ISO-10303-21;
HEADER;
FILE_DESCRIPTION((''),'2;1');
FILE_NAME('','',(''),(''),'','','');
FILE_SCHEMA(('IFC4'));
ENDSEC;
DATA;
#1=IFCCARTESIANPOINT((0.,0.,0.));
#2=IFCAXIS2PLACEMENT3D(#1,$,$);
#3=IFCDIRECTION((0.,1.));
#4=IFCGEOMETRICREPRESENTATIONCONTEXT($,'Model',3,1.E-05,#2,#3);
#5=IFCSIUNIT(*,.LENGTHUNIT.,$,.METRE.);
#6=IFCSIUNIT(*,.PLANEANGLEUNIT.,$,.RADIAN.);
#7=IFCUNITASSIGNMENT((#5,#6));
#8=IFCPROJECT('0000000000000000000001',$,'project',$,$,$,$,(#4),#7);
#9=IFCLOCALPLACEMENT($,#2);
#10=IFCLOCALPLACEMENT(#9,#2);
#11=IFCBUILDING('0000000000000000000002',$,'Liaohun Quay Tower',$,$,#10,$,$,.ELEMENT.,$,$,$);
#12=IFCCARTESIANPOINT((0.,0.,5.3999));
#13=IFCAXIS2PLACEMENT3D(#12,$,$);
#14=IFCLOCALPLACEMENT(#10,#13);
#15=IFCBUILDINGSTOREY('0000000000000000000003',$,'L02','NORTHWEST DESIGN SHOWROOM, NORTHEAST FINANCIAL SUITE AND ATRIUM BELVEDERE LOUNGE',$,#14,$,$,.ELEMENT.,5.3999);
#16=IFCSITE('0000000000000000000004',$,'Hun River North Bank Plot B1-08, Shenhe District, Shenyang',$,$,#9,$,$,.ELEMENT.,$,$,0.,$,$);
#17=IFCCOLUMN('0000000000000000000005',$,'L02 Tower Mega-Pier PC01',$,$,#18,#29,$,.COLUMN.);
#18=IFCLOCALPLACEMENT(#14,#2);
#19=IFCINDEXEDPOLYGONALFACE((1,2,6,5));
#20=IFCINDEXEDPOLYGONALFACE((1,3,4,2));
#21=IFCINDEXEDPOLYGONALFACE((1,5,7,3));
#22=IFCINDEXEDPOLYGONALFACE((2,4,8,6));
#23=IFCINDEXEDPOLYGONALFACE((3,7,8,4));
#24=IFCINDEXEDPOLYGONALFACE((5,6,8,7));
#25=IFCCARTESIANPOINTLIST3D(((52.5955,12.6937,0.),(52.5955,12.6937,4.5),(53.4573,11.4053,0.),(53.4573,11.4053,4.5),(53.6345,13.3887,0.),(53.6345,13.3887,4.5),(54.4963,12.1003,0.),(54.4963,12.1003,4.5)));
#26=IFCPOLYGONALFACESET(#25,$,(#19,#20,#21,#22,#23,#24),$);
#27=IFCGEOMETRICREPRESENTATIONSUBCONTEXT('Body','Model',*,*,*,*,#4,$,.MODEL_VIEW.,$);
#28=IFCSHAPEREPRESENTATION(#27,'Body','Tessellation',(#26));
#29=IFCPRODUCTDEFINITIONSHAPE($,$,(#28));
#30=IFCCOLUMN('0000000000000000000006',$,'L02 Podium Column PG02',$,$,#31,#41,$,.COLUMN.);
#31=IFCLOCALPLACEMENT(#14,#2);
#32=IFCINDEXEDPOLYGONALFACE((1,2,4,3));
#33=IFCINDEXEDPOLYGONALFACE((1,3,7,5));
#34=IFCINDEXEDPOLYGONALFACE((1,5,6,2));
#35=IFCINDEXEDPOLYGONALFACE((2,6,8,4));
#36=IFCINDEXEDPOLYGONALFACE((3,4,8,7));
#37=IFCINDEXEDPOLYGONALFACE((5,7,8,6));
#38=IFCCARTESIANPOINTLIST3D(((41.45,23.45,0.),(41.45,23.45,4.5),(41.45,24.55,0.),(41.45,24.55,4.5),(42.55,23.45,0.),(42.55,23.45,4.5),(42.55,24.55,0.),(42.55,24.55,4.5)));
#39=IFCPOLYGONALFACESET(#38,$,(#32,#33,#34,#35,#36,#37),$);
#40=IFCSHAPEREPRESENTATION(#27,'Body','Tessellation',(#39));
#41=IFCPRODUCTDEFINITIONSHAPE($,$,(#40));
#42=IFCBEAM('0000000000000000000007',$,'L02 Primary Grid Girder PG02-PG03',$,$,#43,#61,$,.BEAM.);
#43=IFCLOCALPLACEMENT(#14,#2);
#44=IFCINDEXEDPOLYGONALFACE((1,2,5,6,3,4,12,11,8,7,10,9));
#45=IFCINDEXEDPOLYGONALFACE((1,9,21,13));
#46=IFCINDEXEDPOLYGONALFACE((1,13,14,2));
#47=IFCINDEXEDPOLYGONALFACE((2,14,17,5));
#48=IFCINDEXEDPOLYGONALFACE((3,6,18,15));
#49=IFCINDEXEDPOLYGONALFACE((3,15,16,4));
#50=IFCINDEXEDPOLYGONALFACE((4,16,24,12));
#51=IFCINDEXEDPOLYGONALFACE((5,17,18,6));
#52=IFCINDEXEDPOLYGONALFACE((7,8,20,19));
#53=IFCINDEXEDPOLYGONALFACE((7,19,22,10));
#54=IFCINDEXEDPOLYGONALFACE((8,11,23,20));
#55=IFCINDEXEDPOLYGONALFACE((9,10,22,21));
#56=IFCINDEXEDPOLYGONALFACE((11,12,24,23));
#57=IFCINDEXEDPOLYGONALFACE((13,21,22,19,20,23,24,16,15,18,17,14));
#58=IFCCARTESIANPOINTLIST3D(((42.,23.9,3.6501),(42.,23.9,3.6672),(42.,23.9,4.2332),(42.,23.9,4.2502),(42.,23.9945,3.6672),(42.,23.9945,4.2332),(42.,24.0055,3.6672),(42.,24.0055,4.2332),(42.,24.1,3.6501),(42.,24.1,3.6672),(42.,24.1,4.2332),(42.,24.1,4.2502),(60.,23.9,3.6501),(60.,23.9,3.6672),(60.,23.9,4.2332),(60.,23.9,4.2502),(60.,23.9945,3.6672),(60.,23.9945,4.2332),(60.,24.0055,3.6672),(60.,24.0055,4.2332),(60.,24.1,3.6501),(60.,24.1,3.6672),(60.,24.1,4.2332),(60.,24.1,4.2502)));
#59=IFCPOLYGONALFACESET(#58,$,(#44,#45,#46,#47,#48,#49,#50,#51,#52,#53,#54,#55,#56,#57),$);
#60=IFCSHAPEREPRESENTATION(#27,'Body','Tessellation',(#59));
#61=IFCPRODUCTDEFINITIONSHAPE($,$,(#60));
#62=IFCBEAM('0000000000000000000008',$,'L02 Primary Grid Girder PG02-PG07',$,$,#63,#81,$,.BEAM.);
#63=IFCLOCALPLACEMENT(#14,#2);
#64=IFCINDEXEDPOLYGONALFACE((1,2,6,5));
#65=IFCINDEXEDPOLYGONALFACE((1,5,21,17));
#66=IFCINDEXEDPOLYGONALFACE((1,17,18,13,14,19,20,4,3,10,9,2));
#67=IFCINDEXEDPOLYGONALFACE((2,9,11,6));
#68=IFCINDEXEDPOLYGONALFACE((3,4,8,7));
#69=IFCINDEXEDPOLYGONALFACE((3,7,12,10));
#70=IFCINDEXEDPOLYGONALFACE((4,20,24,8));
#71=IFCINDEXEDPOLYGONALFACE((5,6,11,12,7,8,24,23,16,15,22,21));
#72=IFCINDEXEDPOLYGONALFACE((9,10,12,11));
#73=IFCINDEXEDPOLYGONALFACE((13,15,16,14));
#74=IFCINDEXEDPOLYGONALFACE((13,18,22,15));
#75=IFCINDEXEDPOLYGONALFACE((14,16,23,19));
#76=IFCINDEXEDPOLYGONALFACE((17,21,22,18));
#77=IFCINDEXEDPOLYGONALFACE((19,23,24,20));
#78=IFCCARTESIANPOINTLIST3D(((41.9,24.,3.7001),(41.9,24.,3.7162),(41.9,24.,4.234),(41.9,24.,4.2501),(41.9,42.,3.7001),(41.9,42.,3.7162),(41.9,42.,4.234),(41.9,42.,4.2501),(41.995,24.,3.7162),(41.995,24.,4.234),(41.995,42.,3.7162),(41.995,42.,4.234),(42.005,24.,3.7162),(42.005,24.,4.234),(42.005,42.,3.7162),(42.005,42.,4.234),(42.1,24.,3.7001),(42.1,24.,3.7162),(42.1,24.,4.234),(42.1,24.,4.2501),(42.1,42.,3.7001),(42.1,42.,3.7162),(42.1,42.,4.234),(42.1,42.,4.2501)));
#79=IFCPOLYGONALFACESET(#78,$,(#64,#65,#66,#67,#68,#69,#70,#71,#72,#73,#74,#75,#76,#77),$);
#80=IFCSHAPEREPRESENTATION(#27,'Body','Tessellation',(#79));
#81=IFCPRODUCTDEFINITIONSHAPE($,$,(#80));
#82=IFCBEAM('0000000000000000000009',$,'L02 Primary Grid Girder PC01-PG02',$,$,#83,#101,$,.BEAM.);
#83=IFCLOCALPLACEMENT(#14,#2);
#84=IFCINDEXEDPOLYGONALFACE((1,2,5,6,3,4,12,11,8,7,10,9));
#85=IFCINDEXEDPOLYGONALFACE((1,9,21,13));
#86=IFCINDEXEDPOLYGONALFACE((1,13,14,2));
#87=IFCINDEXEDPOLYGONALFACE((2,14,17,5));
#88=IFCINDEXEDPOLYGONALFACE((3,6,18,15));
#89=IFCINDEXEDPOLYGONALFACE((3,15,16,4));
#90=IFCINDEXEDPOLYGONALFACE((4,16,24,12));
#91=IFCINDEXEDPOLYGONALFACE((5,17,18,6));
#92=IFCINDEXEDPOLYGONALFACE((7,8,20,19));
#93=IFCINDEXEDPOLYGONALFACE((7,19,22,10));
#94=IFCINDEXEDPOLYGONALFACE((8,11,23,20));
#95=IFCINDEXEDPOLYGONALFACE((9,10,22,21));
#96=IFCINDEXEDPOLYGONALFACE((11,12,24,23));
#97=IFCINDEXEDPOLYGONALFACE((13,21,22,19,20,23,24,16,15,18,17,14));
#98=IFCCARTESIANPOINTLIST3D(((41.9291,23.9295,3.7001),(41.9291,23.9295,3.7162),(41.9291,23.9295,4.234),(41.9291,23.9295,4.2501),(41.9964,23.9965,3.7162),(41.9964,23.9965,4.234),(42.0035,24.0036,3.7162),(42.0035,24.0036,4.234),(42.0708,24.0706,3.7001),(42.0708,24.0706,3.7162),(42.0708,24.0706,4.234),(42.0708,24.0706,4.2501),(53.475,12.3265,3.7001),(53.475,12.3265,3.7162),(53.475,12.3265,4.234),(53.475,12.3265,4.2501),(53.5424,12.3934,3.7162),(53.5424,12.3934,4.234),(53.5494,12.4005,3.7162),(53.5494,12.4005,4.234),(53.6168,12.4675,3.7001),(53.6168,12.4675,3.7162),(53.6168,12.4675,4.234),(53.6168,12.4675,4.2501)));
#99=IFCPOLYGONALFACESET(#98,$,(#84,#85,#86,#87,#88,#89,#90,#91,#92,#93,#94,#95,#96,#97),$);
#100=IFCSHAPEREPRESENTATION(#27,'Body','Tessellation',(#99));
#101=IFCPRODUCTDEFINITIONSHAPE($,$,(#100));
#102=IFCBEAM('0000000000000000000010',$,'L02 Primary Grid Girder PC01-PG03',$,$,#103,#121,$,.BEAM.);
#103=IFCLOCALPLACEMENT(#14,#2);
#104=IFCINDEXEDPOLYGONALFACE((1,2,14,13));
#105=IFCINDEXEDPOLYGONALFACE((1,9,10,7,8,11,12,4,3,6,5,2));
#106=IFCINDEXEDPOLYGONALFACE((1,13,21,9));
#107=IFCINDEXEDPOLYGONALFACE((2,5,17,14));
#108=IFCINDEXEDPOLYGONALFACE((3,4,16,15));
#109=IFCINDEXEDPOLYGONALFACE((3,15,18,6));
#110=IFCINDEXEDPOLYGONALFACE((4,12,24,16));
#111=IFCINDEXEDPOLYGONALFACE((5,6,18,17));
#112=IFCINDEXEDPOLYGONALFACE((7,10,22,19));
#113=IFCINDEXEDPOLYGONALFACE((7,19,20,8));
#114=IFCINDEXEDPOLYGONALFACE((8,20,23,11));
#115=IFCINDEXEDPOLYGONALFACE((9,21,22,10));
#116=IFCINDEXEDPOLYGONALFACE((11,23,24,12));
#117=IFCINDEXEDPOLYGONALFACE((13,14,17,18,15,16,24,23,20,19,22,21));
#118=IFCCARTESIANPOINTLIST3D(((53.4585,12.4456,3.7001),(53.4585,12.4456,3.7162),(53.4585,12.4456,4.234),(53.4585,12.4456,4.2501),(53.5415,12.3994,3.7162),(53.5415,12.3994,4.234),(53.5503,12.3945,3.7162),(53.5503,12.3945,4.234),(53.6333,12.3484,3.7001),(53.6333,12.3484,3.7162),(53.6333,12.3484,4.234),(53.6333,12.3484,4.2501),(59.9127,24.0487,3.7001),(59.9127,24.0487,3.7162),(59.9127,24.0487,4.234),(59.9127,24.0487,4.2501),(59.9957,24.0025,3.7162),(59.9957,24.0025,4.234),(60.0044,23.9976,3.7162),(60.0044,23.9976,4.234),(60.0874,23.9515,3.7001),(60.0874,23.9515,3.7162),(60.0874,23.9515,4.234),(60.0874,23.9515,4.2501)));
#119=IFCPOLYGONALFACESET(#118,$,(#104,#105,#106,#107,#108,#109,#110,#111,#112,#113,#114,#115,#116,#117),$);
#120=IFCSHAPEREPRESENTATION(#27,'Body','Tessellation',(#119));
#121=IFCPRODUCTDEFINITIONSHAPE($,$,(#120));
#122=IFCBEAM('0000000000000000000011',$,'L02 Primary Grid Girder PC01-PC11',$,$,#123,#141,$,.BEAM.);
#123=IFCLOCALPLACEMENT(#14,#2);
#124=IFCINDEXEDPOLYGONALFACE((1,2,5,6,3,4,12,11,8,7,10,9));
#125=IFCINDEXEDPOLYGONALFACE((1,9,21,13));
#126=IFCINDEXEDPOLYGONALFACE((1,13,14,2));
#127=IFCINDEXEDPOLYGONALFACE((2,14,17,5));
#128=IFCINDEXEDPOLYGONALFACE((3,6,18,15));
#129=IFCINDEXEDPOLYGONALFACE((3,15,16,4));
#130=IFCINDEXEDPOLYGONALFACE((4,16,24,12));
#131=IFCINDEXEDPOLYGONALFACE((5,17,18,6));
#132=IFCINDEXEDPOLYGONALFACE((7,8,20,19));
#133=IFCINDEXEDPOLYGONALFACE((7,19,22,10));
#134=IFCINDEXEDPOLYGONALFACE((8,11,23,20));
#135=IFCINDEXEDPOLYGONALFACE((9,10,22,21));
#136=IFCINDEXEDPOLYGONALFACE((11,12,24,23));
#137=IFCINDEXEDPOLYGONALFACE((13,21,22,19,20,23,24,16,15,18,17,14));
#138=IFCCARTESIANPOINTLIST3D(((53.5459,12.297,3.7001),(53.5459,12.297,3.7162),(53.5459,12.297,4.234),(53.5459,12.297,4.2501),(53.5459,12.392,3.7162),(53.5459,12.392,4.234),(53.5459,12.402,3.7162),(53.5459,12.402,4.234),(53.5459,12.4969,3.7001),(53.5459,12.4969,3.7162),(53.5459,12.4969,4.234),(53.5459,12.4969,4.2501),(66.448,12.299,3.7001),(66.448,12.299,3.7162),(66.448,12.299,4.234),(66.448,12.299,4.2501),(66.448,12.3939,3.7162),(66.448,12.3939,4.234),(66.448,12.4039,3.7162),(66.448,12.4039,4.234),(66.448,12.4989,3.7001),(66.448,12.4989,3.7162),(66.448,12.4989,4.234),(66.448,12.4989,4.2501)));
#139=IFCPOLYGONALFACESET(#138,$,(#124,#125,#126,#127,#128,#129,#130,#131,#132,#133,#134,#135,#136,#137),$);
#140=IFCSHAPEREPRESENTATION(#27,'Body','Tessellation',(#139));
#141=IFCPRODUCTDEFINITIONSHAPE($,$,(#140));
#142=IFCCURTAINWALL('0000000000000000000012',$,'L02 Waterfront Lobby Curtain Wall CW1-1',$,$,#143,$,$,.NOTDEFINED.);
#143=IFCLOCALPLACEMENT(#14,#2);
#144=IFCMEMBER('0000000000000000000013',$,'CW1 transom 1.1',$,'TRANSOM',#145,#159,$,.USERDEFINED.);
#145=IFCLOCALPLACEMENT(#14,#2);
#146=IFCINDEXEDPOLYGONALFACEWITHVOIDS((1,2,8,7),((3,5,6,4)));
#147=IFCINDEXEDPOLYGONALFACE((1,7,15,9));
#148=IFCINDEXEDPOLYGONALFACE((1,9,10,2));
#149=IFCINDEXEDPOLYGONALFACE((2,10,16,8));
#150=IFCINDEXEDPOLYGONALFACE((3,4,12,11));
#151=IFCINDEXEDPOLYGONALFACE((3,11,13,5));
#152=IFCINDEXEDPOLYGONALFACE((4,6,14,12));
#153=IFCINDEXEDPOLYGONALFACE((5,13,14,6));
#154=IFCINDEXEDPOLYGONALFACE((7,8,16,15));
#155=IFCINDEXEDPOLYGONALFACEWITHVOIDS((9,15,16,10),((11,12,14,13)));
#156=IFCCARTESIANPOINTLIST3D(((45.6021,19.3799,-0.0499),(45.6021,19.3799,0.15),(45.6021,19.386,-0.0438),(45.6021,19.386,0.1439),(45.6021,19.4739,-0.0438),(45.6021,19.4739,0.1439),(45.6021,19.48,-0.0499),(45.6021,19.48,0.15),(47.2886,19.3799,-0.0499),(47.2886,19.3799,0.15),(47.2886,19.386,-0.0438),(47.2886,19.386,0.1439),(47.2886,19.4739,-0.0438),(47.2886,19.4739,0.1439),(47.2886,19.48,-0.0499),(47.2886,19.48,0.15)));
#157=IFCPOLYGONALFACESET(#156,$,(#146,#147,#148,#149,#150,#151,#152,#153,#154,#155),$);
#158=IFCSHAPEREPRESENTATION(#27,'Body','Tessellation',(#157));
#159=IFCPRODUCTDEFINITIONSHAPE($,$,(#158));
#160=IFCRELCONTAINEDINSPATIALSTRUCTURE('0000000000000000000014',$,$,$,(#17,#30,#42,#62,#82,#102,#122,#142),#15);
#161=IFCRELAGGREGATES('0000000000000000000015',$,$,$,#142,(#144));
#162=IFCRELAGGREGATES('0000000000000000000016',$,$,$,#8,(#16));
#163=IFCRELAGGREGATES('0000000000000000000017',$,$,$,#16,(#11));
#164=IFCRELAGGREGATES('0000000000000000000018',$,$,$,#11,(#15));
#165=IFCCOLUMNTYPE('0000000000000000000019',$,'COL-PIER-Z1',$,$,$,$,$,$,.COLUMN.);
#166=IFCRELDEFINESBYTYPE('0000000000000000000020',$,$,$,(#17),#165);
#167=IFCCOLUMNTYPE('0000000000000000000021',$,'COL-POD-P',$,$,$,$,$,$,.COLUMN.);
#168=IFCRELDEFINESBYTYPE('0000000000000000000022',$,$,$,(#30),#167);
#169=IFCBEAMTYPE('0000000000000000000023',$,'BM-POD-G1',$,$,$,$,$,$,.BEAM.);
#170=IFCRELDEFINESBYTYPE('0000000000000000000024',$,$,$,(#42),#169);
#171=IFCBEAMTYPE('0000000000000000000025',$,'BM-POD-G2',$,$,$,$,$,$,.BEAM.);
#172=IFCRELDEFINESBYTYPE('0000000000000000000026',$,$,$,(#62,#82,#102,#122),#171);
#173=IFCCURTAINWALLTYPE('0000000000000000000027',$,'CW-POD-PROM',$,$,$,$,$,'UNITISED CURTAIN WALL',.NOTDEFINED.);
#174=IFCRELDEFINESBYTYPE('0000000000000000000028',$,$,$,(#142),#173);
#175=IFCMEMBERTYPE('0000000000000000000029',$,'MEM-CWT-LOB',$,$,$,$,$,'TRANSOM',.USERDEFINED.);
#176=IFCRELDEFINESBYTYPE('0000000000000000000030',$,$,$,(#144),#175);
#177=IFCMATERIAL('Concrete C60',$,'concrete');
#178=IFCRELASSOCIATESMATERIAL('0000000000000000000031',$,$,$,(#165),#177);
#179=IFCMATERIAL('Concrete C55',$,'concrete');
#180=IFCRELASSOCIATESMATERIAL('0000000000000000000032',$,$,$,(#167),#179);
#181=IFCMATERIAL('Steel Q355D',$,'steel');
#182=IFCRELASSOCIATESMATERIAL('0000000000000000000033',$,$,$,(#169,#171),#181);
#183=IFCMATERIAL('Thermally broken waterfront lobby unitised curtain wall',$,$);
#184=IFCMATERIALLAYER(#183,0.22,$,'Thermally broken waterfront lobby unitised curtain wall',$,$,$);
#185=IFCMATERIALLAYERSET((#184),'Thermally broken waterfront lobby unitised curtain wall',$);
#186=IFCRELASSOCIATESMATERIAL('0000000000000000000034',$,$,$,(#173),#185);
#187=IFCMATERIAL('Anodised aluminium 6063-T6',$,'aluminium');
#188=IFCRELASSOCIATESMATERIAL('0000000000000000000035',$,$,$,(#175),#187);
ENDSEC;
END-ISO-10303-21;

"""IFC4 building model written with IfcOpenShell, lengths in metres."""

from ifc_helpers import new_model, si_unit, direction, frame, origin, origin_2d, place, context, subcontext, project, spatial, rectangle, hollow_rectangle, i_section, extrude, source, transform, mapped, material, layer, layer_set, material_profile, profile_set, type_object, element, aggregate, save


model = new_model("IFC4")

# Units and contexts
model_context = context("Model", 3, precision=1e-05, world=origin(), true_north=direction((0.0, 1.0)))
body_context = subcontext(model_context, "Body", "Model", "MODEL_VIEW")
ifc_project = project(units=[si_unit("LENGTHUNIT", "METRE"), si_unit("PLANEANGLEUNIT", "RADIAN")], contexts=[model_context])

# Site, building, storey
site_placement = place(None, origin())
site = spatial("IfcSite", under=ifc_project, at=site_placement, Name="Hun River North Bank Plot B1-08, Shenhe District, Shenyang", CompositionType="ELEMENT", RefElevation=0.0)
building_placement = place(site_placement, origin())
building = spatial("IfcBuilding", under=site, at=building_placement, Name="Liaohun Quay Tower", CompositionType="ELEMENT")
storey_placement = place(building_placement, frame((0.0, 0.0, 5.3999)))
storey = spatial("IfcBuildingStorey", under=building, at=storey_placement, Name="L02", Description="NORTHWEST DESIGN SHOWROOM, NORTHEAST FINANCIAL SUITE AND ATRIUM BELVEDERE LOUNGE", CompositionType="ELEMENT", Elevation=5.3999)

# Columns
ifc_material_1 = material(Name="Concrete C60", Category="concrete")
ifc_material_profile_1 = material_profile(ifc_material_1, rectangle(XDim=1.55, YDim=1.25, at=origin_2d()), Name="RC1550x1250")
ifc_profile_set_1 = profile_set([ifc_material_profile_1], Name="Concrete C60")
column_type_1 = type_object("IfcColumnType", Name="COL-PIER-Z1", PredefinedType="COLUMN", material=ifc_profile_set_1)
shared_shape_1 = source(origin(), body_context, "Body", "SweptSolid", [
    extrude(rectangle(XDim=1.55, YDim=1.25, at=origin_2d()), origin(), (0.0, 0.0, 1.0), 4.5),
])
column_1_placement = place(storey_placement, frame((53.5459, 12.397, 0.0), z_axis=(0.0, 0.0, 1.0), x_axis=(-0.556006, 0.831179, 0.0)))
element("IfcColumn", 1, at=column_1_placement, inside=storey, type_object=column_type_1, Name="L02 Tower Mega-Pier PC01", PredefinedType="COLUMN", context=body_context, shape_type="MappedRepresentation", body=[
    mapped(shared_shape_1, transform((0.0, 0.0, 0.0), x_axis=(1.0, 0.0, 0.0), y_axis=(0.0, 1.0, 0.0), z_axis=(0.0, 0.0, 1.0), scale=1.0)),
])
ifc_material_2 = material(Name="Concrete C55", Category="concrete")
ifc_material_profile_2 = material_profile(ifc_material_2, rectangle(XDim=1.1001, YDim=1.1001, at=origin_2d()), Name="RC1100x1100")
ifc_profile_set_2 = profile_set([ifc_material_profile_2], Name="Concrete C55")
column_type_2 = type_object("IfcColumnType", Name="COL-POD-P", PredefinedType="COLUMN", material=ifc_profile_set_2)
shared_shape_2 = source(origin(), body_context, "Body", "SweptSolid", [
    extrude(rectangle(XDim=1.1001, YDim=1.1001, at=origin_2d()), origin(), (0.0, 0.0, 1.0), 4.5),
])
column_2_placement = place(storey_placement, frame((42.0, 24.0, 0.0), z_axis=(0.0, 0.0, 1.0), x_axis=(1.0, 0.0, 0.0)))
element("IfcColumn", 2, at=column_2_placement, inside=storey, type_object=column_type_2, Name="L02 Podium Column PG02", PredefinedType="COLUMN", context=body_context, shape_type="MappedRepresentation", body=[
    mapped(shared_shape_2, transform((0.0, 0.0, 0.0), x_axis=(1.0, 0.0, 0.0), y_axis=(0.0, 1.0, 0.0), z_axis=(0.0, 0.0, 1.0), scale=1.0)),
])

# Beams
ifc_material_3 = material(Name="Steel Q355D", Category="steel")
ifc_material_profile_3 = material_profile(ifc_material_3, i_section(OverallWidth=0.2, OverallDepth=0.6001, WebThickness=0.011, FlangeThickness=0.0171, at=origin_2d()), Name="HN600x200x11x17")
ifc_profile_set_3 = profile_set([ifc_material_profile_3], Name="Steel Q355D")
beam_type_1 = type_object("IfcBeamType", Name="BM-POD-G1", PredefinedType="BEAM", material=ifc_profile_set_3)
shared_shape_3 = source(origin(), body_context, "Body", "SweptSolid", [
    extrude(i_section(OverallWidth=0.2, OverallDepth=0.6001, WebThickness=0.011, FlangeThickness=0.0171, at=origin_2d()), origin(), (0.0, 0.0, 1.0), 18.0),
])
beam_1_placement = place(storey_placement, frame((42.0, 24.0, 3.9502), z_axis=(1.0, 0.0, 0.0), x_axis=(0.0, 1.0, 0.0)))
element("IfcBeam", 3, at=beam_1_placement, inside=storey, type_object=beam_type_1, Name="L02 Primary Grid Girder PG02-PG03", PredefinedType="BEAM", context=body_context, shape_type="MappedRepresentation", body=[
    mapped(shared_shape_3, transform((0.0, 0.0, 0.0), x_axis=(1.0, 0.0, 0.0), y_axis=(0.0, 1.0, 0.0), z_axis=(0.0, 0.0, 1.0), scale=1.0)),
])
ifc_material_profile_4 = material_profile(ifc_material_3, i_section(OverallWidth=0.2, OverallDepth=0.55, WebThickness=0.01, FlangeThickness=0.0161, at=origin_2d()), Name="HN550x200x10x16")
ifc_profile_set_4 = profile_set([ifc_material_profile_4], Name="Steel Q355D")
beam_type_2 = type_object("IfcBeamType", Name="BM-POD-G2", PredefinedType="BEAM", material=ifc_profile_set_4)
shared_shape_4 = source(origin(), body_context, "Body", "SweptSolid", [
    extrude(i_section(OverallWidth=0.2, OverallDepth=0.55, WebThickness=0.01, FlangeThickness=0.0161, at=origin_2d()), origin(), (0.0, 0.0, 1.0), 18.0),
])
beam_2_placement = place(storey_placement, frame((42.0, 24.0, 3.9751), z_axis=(0.0, 1.0, 0.0), x_axis=(-1.0, 0.0, 0.0)))
element("IfcBeam", 4, at=beam_2_placement, inside=storey, type_object=beam_type_2, Name="L02 Primary Grid Girder PG02-PG07", PredefinedType="BEAM", context=body_context, shape_type="MappedRepresentation", body=[
    mapped(shared_shape_4, transform((0.0, 0.0, 0.0), x_axis=(1.0, 0.0, 0.0), y_axis=(0.0, 1.0, 0.0), z_axis=(0.0, 0.0, 1.0), scale=1.0)),
])
shared_shape_5 = source(origin(), body_context, "Body", "SweptSolid", [
    extrude(i_section(OverallWidth=0.2, OverallDepth=0.55, WebThickness=0.01, FlangeThickness=0.0161, at=origin_2d()), origin(), (0.0, 0.0, 1.0), 16.3689),
])
beam_3_placement = place(storey_placement, frame((53.5459, 12.397, 3.9751), z_axis=(-0.70536, 0.70885, 0.0), x_axis=(-0.70885, -0.70536, 0.0)))
element("IfcBeam", 5, at=beam_3_placement, inside=storey, type_object=beam_type_2, Name="L02 Primary Grid Girder PC01-PG02", PredefinedType="BEAM", context=body_context, shape_type="MappedRepresentation", body=[
    mapped(shared_shape_5, transform((0.0, 0.0, 0.0), x_axis=(1.0, 0.0, 0.0), y_axis=(0.0, 1.0, 0.0), z_axis=(0.0, 0.0, 1.0), scale=1.0)),
])
shared_shape_6 = source(origin(), body_context, "Body", "SweptSolid", [
    extrude(i_section(OverallWidth=0.2, OverallDepth=0.55, WebThickness=0.01, FlangeThickness=0.0161, at=origin_2d()), origin(), (0.0, 0.0, 1.0), 13.2773),
])
beam_4_placement = place(storey_placement, frame((53.5459, 12.397, 3.9751), z_axis=(0.486102, 0.873902, 0.0), x_axis=(-0.873902, 0.486102, 0.0)))
element("IfcBeam", 6, at=beam_4_placement, inside=storey, type_object=beam_type_2, Name="L02 Primary Grid Girder PC01-PG03", PredefinedType="BEAM", context=body_context, shape_type="MappedRepresentation", body=[
    mapped(shared_shape_6, transform((0.0, 0.0, 0.0), x_axis=(1.0, 0.0, 0.0), y_axis=(0.0, 1.0, 0.0), z_axis=(0.0, 0.0, 1.0), scale=1.0)),
])
shared_shape_7 = source(origin(), body_context, "Body", "SweptSolid", [
    extrude(i_section(OverallWidth=0.2, OverallDepth=0.55, WebThickness=0.01, FlangeThickness=0.0161, at=origin_2d()), origin(), (0.0, 0.0, 1.0), 12.9021),
])
beam_5_placement = place(storey_placement, frame((53.5459, 12.397, 3.9751), z_axis=(1.0, 0.000151, 0.0), x_axis=(-0.000151, 1.0, 0.0)))
element("IfcBeam", 7, at=beam_5_placement, inside=storey, type_object=beam_type_2, Name="L02 Primary Grid Girder PC01-PC11", PredefinedType="BEAM", context=body_context, shape_type="MappedRepresentation", body=[
    mapped(shared_shape_7, transform((0.0, 0.0, 0.0), x_axis=(1.0, 0.0, 0.0), y_axis=(0.0, 1.0, 0.0), z_axis=(0.0, 0.0, 1.0), scale=1.0)),
])

# Curtain wall, member
ifc_material_4 = material(Name="Thermally broken waterfront lobby unitised curtain wall")
ifc_layer_1 = layer(ifc_material_4, 0.22, Name="Thermally broken waterfront lobby unitised curtain wall")
ifc_layer_set_1 = layer_set([ifc_layer_1], Name="Thermally broken waterfront lobby unitised curtain wall")
curtain_wall_type = type_object("IfcCurtainWallType", Name="CW-POD-PROM", ElementType="UNITISED CURTAIN WALL", PredefinedType="NOTDEFINED", material=ifc_layer_set_1)
curtain_wall_1_placement = place(storey_placement, origin())
curtain_wall_1 = element("IfcCurtainWall", 8, at=curtain_wall_1_placement, inside=storey, type_object=curtain_wall_type, Name="L02 Waterfront Lobby Curtain Wall CW1-1", PredefinedType="NOTDEFINED")
ifc_material_5 = material(Name="Anodised aluminium 6063-T6", Category="aluminium")
ifc_material_profile_5 = material_profile(ifc_material_5, hollow_rectangle(XDim=0.1001, YDim=0.2, WallThickness=0.0061, at=origin_2d()), Name="RHS200x100x6")
ifc_profile_set_5 = profile_set([ifc_material_profile_5], Name="Anodised aluminium 6063-T6")
member_type_1 = type_object("IfcMemberType", Name="MEM-CWT-LOB", ElementType="TRANSOM", PredefinedType="USERDEFINED", material=ifc_profile_set_5)
shared_shape_8 = source(origin(), body_context, "Body", "SweptSolid", [
    extrude(hollow_rectangle(XDim=0.1001, YDim=0.2, WallThickness=0.0061, at=origin_2d()), origin(), (0.0, 0.0, 1.0), 1.6865),
])
member_1_placement = place(storey_placement, frame((45.6021, 19.4299, 0.05), z_axis=(1.0, 0.0, 0.0), x_axis=(0.0, 1.0, 0.0)))
member_1 = element("IfcMember", 9, at=member_1_placement, type_object=member_type_1, Name="CW1 transom 1.1", ObjectType="TRANSOM", PredefinedType="USERDEFINED", context=body_context, shape_type="MappedRepresentation", body=[
    mapped(shared_shape_8, transform((0.0, 0.0, 0.0), x_axis=(1.0, 0.0, 0.0), y_axis=(0.0, 1.0, 0.0), z_axis=(0.0, 0.0, 1.0), scale=1.0)),
])

aggregate(curtain_wall_1, [member_1])

save(model, "model.ifc")
